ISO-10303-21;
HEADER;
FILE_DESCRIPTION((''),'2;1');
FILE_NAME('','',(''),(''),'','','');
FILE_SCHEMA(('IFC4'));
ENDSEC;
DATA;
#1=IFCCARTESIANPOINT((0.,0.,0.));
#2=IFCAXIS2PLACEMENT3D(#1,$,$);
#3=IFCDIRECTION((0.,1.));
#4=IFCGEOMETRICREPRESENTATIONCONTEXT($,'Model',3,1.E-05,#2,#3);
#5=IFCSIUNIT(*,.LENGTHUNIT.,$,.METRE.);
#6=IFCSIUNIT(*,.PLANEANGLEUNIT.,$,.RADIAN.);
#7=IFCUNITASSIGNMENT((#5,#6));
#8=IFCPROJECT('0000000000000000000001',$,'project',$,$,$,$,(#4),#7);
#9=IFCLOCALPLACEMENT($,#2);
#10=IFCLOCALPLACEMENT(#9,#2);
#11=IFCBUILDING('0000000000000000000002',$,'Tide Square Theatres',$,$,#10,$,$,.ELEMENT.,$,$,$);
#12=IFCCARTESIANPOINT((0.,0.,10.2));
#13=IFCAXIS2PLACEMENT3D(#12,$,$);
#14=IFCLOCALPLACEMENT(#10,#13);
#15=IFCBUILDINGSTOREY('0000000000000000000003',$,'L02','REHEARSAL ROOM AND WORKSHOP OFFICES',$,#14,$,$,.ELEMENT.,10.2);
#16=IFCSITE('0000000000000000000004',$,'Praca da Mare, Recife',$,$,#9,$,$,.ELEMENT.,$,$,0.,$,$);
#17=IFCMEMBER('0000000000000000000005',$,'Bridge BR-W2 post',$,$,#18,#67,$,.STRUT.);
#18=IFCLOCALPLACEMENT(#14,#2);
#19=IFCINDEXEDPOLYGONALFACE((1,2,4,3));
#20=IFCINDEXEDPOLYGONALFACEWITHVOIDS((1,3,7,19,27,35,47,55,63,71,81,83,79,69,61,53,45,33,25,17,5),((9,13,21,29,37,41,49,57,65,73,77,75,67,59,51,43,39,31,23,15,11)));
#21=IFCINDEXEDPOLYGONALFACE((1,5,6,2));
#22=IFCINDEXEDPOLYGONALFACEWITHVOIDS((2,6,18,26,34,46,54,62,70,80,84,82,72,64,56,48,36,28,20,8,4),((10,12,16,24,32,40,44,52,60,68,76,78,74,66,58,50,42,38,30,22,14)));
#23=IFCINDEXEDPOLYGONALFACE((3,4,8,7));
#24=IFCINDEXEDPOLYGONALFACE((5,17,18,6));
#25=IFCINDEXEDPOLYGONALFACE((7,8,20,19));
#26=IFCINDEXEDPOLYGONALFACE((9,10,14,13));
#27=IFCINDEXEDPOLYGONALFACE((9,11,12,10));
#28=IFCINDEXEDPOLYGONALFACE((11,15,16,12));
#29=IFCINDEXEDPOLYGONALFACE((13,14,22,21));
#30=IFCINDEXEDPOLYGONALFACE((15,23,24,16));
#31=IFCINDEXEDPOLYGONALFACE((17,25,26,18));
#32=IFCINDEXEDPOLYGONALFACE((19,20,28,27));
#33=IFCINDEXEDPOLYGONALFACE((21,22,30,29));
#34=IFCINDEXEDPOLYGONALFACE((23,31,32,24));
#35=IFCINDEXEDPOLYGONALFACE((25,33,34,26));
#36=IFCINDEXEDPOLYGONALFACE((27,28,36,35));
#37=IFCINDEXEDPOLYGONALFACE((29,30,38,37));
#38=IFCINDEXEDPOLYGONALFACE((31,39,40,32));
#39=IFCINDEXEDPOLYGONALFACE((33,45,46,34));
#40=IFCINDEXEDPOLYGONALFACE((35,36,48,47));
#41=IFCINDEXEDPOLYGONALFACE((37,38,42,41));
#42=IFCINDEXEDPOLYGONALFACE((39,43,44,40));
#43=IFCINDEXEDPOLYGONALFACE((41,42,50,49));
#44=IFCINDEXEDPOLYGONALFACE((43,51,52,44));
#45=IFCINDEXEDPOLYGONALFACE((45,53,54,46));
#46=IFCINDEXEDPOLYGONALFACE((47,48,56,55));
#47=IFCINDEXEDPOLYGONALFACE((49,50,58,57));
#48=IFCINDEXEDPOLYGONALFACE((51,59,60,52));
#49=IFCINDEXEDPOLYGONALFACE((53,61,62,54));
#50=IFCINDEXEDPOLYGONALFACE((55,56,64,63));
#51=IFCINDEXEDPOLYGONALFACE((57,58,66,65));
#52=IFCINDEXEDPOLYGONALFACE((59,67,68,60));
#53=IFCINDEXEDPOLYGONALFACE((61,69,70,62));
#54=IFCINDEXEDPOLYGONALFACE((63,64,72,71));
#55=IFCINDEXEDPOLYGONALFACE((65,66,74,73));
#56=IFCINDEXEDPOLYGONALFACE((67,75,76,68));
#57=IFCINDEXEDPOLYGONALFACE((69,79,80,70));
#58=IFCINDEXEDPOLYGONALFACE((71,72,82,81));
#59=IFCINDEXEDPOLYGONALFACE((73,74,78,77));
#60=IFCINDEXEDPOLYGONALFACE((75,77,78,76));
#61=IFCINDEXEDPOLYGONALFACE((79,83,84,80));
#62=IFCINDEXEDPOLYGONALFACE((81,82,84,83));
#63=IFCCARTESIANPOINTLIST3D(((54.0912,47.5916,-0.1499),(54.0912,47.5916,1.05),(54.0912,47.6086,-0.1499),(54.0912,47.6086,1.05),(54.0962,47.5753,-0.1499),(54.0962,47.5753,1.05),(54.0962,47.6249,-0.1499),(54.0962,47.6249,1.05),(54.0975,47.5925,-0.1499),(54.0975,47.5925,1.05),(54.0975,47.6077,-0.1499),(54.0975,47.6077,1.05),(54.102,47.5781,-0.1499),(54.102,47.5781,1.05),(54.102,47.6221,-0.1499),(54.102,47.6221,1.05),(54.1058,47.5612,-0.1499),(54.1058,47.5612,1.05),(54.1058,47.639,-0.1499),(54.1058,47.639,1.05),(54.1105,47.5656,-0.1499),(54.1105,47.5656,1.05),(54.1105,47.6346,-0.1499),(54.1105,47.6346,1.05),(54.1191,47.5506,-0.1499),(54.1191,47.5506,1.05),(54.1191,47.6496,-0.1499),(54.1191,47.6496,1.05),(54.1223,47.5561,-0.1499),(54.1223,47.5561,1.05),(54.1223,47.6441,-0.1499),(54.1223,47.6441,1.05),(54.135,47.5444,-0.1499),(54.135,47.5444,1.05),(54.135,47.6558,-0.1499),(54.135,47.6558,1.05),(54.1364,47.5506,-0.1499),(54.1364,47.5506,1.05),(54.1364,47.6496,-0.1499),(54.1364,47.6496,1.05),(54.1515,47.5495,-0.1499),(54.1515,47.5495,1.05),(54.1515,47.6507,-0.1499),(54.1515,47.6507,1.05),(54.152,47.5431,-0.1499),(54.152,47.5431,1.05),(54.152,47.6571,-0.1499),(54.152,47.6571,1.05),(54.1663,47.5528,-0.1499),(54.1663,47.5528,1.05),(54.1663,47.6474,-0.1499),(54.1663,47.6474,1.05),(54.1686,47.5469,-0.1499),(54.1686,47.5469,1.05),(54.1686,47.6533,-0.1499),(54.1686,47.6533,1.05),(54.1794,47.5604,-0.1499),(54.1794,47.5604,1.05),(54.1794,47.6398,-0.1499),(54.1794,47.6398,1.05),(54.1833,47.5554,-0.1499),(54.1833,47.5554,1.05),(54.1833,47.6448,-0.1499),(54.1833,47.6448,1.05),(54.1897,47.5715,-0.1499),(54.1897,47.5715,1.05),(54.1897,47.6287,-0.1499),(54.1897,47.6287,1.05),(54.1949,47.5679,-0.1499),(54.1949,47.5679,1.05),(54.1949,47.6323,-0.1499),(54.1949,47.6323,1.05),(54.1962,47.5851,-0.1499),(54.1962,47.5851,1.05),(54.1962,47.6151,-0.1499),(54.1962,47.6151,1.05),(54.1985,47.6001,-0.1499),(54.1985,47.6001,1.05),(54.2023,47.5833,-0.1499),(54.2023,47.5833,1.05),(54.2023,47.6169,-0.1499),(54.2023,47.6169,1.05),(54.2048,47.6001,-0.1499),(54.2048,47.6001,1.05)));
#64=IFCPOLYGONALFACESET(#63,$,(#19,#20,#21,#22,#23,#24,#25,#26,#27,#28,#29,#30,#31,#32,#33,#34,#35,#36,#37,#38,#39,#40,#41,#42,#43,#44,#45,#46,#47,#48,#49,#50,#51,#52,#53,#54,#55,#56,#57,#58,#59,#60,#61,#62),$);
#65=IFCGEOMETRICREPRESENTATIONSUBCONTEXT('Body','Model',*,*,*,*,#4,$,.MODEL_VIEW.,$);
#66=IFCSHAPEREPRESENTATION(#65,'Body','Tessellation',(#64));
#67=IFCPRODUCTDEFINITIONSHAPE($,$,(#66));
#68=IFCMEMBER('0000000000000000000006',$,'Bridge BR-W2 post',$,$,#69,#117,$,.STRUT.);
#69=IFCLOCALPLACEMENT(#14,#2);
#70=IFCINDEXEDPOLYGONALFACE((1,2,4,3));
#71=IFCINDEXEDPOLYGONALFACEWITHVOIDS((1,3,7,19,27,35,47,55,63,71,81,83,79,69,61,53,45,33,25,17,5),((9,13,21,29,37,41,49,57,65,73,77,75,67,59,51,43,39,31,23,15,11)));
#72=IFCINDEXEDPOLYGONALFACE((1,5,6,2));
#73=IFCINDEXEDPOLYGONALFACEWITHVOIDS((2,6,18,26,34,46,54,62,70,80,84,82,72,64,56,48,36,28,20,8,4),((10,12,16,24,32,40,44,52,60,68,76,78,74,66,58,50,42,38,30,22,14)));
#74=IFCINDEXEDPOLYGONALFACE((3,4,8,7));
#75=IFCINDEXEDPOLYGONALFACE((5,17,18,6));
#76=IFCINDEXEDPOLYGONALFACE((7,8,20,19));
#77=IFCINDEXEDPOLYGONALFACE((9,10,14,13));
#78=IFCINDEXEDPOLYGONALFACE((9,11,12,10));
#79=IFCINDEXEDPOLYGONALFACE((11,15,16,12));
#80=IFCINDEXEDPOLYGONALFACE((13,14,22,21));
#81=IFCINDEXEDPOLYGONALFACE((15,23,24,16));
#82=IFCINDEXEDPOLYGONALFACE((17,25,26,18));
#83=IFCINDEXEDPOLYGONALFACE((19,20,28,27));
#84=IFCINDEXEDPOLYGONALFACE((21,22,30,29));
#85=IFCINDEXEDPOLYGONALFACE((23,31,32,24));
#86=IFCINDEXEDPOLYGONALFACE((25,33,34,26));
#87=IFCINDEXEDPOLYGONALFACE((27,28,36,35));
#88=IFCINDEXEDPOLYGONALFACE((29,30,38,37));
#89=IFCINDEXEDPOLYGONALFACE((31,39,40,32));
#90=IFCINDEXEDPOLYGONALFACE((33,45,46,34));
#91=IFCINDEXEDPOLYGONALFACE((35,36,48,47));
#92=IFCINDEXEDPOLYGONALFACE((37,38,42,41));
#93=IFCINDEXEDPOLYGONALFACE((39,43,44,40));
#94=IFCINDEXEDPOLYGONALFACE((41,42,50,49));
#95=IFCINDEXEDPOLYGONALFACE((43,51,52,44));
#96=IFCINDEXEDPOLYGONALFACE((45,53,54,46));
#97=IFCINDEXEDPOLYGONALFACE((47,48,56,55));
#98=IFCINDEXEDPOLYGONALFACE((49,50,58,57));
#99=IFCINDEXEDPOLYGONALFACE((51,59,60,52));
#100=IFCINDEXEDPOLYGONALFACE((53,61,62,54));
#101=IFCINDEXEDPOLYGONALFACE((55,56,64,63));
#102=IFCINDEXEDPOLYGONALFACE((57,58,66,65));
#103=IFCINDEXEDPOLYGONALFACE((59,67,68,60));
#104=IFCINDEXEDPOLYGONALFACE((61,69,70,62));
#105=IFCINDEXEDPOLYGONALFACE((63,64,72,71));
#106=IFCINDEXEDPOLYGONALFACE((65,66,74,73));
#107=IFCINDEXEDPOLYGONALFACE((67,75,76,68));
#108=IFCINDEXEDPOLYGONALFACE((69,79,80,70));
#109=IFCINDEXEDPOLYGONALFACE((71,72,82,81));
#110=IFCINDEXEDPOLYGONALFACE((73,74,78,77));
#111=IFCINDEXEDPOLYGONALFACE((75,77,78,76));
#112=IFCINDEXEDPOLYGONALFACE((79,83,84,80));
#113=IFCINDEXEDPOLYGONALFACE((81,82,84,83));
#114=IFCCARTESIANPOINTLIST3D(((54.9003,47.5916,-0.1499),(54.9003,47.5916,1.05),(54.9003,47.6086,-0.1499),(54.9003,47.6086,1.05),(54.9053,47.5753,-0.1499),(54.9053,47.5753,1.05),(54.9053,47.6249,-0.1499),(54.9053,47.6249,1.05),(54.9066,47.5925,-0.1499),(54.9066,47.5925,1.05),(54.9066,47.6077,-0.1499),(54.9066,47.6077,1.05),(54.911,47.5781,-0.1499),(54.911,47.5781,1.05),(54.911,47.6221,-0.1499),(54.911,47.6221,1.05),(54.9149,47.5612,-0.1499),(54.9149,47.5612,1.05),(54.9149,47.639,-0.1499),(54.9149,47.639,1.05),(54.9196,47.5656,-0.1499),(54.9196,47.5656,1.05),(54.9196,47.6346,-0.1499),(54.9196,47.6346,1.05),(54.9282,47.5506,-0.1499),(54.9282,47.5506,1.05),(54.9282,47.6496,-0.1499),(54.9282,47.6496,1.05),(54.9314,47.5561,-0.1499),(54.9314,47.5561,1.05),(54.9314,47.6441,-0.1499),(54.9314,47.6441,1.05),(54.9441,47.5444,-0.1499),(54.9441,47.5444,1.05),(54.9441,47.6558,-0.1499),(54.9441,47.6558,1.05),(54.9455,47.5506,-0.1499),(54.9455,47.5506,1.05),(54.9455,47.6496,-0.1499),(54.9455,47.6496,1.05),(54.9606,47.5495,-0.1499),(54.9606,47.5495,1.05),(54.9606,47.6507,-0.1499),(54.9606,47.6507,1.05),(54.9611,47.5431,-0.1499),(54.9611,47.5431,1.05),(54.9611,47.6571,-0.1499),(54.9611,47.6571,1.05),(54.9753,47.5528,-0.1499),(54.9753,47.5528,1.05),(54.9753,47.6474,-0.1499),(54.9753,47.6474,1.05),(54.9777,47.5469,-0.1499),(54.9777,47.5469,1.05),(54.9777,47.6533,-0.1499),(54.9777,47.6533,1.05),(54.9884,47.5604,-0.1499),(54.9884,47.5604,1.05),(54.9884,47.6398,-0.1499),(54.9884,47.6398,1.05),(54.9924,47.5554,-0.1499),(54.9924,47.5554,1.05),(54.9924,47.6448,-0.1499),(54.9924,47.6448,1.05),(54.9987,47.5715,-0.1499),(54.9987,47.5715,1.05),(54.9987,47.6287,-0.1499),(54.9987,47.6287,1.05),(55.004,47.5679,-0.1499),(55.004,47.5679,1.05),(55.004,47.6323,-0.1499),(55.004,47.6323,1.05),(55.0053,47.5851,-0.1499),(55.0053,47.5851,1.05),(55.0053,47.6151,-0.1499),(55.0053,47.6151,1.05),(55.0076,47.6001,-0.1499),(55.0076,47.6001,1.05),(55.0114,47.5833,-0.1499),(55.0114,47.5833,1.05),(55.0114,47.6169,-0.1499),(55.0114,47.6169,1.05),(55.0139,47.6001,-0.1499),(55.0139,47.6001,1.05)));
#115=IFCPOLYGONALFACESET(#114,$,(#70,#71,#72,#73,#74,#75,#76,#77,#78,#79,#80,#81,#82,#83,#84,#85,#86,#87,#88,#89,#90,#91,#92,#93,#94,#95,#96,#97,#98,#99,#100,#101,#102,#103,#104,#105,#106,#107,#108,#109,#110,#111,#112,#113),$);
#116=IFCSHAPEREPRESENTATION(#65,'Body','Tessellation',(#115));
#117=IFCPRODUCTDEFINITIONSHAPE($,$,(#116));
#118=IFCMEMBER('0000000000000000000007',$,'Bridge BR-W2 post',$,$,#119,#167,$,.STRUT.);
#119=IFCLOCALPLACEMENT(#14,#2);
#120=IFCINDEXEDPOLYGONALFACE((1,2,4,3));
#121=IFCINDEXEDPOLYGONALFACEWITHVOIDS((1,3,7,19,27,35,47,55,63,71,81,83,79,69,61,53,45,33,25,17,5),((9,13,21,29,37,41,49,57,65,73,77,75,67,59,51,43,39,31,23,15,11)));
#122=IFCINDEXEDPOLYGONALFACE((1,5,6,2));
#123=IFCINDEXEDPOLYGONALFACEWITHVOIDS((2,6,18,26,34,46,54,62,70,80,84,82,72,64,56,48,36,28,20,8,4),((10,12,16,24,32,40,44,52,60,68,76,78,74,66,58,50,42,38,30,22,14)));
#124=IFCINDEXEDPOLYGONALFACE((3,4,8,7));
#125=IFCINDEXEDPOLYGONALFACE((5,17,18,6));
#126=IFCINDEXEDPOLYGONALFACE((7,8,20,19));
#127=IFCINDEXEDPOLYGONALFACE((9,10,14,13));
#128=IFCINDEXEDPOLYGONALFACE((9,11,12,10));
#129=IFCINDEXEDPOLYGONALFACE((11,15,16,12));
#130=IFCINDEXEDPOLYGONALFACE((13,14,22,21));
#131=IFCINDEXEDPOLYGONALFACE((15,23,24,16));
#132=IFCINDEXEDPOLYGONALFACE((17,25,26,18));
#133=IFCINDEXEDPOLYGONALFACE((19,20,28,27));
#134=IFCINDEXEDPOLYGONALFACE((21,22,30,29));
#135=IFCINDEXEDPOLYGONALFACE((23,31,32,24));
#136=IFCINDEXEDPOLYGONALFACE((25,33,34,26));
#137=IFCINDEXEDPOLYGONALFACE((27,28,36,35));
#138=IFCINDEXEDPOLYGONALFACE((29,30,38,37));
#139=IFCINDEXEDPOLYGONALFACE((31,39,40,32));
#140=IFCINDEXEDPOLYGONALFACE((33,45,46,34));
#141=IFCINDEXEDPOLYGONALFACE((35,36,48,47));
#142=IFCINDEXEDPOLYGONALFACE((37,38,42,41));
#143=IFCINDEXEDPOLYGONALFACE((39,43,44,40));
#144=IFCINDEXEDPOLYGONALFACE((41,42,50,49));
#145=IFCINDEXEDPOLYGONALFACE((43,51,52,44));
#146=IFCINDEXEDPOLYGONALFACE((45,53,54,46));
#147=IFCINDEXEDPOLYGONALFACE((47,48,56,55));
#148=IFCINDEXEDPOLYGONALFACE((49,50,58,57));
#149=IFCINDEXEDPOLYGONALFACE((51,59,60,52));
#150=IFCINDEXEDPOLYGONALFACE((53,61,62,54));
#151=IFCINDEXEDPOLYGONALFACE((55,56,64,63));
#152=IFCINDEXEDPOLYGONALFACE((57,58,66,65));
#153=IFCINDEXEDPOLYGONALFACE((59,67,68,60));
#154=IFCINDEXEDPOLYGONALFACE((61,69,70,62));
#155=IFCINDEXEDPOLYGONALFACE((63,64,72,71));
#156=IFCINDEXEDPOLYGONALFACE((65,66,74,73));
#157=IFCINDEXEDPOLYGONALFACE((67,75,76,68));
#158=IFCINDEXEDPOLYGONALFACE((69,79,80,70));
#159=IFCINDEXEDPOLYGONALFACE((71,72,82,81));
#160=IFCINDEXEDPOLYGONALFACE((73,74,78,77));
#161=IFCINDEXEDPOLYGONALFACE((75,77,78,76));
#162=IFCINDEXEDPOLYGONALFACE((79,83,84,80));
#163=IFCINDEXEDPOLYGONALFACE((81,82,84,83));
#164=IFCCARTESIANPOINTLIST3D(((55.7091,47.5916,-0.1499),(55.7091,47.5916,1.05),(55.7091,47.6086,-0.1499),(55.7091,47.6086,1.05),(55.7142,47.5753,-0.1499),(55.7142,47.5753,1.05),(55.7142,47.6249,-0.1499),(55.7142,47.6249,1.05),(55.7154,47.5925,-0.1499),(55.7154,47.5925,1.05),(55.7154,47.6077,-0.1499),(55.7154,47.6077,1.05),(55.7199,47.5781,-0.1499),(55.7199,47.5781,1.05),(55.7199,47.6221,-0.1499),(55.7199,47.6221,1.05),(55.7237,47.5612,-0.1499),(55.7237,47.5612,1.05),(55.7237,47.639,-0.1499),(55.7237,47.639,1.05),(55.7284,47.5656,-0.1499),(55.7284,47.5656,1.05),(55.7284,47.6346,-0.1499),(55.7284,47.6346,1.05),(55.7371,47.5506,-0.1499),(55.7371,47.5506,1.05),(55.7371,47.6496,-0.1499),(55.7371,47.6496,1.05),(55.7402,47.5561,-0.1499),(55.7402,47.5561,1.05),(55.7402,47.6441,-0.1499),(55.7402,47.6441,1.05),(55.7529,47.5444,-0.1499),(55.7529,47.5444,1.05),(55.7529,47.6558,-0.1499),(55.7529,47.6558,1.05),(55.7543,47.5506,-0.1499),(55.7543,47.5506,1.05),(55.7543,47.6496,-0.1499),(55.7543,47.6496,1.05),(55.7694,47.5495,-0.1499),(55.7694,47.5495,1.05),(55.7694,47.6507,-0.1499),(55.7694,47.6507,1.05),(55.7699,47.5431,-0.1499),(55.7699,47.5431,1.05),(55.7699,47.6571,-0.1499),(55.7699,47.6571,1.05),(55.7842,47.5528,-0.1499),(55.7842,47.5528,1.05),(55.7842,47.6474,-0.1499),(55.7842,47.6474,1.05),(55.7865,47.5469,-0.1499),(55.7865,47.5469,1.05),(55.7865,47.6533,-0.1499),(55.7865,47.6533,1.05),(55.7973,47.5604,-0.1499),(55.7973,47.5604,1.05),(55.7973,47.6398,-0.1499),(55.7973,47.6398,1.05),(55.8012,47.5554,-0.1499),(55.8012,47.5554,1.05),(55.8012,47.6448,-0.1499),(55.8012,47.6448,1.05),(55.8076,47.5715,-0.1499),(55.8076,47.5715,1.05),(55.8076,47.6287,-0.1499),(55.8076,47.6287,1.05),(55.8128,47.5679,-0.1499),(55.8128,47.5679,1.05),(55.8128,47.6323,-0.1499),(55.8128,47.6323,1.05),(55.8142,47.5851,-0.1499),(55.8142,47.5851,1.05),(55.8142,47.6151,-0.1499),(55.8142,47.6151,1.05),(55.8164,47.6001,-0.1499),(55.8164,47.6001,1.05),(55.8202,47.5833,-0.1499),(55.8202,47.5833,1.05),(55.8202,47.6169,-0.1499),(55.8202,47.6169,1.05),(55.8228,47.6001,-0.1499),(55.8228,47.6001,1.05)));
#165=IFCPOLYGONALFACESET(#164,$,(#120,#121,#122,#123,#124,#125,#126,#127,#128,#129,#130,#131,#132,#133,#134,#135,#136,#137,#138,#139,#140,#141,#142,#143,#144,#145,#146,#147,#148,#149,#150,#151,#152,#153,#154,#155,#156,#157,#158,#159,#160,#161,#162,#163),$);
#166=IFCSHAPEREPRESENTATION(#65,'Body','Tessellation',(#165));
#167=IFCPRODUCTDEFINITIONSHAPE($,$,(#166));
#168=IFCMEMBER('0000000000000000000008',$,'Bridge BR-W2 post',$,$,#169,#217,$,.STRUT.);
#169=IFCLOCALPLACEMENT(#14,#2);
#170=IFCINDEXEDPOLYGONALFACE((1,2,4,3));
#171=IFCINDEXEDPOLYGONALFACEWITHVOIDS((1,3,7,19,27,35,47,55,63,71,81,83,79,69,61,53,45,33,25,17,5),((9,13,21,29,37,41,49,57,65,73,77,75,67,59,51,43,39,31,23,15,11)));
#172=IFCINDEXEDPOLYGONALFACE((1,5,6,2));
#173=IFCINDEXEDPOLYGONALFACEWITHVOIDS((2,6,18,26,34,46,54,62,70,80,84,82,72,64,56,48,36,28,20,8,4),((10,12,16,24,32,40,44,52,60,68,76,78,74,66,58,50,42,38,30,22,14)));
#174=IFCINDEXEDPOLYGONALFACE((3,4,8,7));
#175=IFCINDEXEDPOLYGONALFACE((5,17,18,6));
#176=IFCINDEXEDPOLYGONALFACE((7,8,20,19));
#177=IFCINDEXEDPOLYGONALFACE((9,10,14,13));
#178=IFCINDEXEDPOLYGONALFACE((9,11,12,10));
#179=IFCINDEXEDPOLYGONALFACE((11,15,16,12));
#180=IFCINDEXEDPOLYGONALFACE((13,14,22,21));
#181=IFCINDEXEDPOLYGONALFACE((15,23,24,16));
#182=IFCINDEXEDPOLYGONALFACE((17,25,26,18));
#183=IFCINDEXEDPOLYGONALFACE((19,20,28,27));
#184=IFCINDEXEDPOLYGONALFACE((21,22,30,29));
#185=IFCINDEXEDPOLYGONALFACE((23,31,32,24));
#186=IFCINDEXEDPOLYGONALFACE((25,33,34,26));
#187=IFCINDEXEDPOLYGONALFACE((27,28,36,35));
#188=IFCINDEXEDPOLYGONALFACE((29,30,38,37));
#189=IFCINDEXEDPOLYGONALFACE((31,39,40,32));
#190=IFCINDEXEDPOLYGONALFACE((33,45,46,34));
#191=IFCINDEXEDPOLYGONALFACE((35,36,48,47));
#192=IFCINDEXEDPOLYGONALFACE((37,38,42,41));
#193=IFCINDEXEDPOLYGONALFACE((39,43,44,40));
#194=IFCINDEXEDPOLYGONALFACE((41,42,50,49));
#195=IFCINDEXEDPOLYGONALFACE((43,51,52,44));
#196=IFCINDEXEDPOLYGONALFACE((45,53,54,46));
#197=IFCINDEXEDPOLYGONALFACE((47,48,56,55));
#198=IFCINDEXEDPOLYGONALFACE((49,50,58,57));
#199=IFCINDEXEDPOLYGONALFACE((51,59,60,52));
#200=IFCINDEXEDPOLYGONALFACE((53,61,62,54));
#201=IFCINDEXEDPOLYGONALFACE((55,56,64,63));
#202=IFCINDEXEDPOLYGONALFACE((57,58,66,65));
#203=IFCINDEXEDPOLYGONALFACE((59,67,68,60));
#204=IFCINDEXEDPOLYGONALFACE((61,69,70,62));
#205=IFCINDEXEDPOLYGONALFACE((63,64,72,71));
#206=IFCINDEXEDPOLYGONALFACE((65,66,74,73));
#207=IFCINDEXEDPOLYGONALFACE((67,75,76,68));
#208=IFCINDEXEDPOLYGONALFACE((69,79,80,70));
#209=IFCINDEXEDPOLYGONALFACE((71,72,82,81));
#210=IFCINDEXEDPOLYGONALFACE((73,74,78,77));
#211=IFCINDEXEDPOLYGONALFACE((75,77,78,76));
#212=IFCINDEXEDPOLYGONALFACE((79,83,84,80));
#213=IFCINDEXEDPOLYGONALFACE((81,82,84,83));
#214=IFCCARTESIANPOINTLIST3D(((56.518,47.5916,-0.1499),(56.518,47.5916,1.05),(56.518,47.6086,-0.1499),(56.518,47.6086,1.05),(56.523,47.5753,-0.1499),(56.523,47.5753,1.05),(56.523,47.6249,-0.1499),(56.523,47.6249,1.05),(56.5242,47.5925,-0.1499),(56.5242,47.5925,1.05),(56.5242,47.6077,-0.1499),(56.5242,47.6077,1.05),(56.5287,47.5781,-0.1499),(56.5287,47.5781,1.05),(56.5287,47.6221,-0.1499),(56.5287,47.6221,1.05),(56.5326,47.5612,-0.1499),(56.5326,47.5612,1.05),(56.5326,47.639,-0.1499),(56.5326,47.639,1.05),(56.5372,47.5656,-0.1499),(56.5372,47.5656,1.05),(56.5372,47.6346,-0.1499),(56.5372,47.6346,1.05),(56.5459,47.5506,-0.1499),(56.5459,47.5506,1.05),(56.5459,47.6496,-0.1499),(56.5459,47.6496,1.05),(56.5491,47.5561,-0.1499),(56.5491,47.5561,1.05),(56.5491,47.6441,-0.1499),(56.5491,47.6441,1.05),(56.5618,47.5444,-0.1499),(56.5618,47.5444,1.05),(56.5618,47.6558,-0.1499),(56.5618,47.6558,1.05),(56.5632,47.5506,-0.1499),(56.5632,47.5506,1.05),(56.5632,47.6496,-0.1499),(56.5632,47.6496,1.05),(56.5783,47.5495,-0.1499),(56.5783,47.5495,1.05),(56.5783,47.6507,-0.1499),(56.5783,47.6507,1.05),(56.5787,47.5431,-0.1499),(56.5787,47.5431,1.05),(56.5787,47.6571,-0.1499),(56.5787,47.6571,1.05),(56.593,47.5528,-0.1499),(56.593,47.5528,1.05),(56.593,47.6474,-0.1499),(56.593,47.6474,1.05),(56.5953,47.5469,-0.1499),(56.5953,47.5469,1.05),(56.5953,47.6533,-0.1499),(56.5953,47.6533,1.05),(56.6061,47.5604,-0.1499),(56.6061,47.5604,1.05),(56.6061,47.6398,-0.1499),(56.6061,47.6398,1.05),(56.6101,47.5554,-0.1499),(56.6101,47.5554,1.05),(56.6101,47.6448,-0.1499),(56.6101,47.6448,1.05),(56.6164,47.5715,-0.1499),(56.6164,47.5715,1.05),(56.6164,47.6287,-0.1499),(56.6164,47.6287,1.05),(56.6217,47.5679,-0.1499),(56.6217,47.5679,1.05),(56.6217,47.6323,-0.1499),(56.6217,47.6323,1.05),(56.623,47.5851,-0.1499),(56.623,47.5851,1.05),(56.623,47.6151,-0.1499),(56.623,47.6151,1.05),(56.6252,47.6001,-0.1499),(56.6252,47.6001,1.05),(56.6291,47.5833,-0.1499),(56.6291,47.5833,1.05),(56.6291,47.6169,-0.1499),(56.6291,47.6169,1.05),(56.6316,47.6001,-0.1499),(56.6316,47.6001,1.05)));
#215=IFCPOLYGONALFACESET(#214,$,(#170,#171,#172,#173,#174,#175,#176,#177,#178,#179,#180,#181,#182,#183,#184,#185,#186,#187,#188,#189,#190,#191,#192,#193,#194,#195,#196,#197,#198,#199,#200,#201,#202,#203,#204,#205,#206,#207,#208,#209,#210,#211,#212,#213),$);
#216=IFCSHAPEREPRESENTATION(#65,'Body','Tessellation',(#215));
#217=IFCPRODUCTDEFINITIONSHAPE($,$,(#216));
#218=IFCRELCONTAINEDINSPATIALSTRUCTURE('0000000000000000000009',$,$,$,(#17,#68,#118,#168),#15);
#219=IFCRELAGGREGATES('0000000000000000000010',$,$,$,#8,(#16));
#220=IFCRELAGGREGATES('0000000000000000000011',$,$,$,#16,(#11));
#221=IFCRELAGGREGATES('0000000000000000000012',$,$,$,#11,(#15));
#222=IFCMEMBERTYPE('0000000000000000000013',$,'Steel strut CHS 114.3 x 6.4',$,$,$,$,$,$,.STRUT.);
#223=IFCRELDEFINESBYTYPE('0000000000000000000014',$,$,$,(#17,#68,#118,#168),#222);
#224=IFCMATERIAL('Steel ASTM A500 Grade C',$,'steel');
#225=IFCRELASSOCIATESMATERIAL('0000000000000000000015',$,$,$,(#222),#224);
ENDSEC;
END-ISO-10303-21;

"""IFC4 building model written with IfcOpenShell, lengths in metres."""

from ifc_helpers import new_model, si_unit, direction, frame, origin, origin_2d, place, context, subcontext, project, spatial, hollow_circle, extrude, material, material_profile, profile_set, type_object, element, save


model = new_model("IFC4")

# Units and contexts
model_context = context("Model", 3, precision=1e-05, world=origin(), true_north=direction((0.0, 1.0)))
body_context = subcontext(model_context, "Body", "Model", "MODEL_VIEW")
ifc_project = project(units=[si_unit("LENGTHUNIT", "METRE"), si_unit("PLANEANGLEUNIT", "RADIAN")], contexts=[model_context])

# Site, building, storey
site_placement = place(None, origin())
site = spatial("IfcSite", under=ifc_project, at=site_placement, Name="Praca da Mare, Recife", CompositionType="ELEMENT", RefElevation=0.0)
building_placement = place(site_placement, origin())
building = spatial("IfcBuilding", under=site, at=building_placement, Name="Tide Square Theatres", CompositionType="ELEMENT")
storey_placement = place(building_placement, frame((0.0, 0.0, 10.2)))
storey = spatial("IfcBuildingStorey", under=building, at=storey_placement, Name="L02", Description="REHEARSAL ROOM AND WORKSHOP OFFICES", CompositionType="ELEMENT", Elevation=10.2)

# Members
ifc_material_1 = material(Name="Steel ASTM A500 Grade C", Category="steel")
ifc_material_profile_1 = material_profile(ifc_material_1, hollow_circle(Radius=0.0571, WallThickness=0.0063, at=origin_2d()))
ifc_profile_set_1 = profile_set([ifc_material_profile_1], Name="Steel ASTM A500 Grade C")
member_type_1 = type_object("IfcMemberType", Name="Steel strut CHS 114.3 x 6.4", PredefinedType="STRUT", material=ifc_profile_set_1)
for number, where, z_axis, x_axis, name in (
    (1, (54.1477, 47.6001, -0.1499), (0.0, 0.0, 1.0), (1.0, 0.0, 0.0), "Bridge BR-W2 post"),
    (2, (54.9568, 47.6001, -0.1499), (0.0, 0.0, 1.0), (1.0, 0.0, 0.0), "Bridge BR-W2 post"),
    (3, (55.7656, 47.6001, -0.1499), (0.0, 0.0, 1.0), (1.0, 0.0, 0.0), "Bridge BR-W2 post"),
    (4, (56.5745, 47.6001, -0.1499), (0.0, 0.0, 1.0), (1.0, 0.0, 0.0), "Bridge BR-W2 post"),
):
    element("IfcMember", number, at=place(storey_placement, frame(where, z_axis=z_axis, x_axis=x_axis)), inside=storey, type_object=member_type_1, Name=name, PredefinedType="STRUT", context=body_context, shape_type="SweptSolid", body=[
        extrude(hollow_circle(Radius=0.0571, WallThickness=0.0063, at=origin_2d()), origin(), (0.0, 0.0, 1.0), 1.2),
    ])

save(model, "model.ifc")
